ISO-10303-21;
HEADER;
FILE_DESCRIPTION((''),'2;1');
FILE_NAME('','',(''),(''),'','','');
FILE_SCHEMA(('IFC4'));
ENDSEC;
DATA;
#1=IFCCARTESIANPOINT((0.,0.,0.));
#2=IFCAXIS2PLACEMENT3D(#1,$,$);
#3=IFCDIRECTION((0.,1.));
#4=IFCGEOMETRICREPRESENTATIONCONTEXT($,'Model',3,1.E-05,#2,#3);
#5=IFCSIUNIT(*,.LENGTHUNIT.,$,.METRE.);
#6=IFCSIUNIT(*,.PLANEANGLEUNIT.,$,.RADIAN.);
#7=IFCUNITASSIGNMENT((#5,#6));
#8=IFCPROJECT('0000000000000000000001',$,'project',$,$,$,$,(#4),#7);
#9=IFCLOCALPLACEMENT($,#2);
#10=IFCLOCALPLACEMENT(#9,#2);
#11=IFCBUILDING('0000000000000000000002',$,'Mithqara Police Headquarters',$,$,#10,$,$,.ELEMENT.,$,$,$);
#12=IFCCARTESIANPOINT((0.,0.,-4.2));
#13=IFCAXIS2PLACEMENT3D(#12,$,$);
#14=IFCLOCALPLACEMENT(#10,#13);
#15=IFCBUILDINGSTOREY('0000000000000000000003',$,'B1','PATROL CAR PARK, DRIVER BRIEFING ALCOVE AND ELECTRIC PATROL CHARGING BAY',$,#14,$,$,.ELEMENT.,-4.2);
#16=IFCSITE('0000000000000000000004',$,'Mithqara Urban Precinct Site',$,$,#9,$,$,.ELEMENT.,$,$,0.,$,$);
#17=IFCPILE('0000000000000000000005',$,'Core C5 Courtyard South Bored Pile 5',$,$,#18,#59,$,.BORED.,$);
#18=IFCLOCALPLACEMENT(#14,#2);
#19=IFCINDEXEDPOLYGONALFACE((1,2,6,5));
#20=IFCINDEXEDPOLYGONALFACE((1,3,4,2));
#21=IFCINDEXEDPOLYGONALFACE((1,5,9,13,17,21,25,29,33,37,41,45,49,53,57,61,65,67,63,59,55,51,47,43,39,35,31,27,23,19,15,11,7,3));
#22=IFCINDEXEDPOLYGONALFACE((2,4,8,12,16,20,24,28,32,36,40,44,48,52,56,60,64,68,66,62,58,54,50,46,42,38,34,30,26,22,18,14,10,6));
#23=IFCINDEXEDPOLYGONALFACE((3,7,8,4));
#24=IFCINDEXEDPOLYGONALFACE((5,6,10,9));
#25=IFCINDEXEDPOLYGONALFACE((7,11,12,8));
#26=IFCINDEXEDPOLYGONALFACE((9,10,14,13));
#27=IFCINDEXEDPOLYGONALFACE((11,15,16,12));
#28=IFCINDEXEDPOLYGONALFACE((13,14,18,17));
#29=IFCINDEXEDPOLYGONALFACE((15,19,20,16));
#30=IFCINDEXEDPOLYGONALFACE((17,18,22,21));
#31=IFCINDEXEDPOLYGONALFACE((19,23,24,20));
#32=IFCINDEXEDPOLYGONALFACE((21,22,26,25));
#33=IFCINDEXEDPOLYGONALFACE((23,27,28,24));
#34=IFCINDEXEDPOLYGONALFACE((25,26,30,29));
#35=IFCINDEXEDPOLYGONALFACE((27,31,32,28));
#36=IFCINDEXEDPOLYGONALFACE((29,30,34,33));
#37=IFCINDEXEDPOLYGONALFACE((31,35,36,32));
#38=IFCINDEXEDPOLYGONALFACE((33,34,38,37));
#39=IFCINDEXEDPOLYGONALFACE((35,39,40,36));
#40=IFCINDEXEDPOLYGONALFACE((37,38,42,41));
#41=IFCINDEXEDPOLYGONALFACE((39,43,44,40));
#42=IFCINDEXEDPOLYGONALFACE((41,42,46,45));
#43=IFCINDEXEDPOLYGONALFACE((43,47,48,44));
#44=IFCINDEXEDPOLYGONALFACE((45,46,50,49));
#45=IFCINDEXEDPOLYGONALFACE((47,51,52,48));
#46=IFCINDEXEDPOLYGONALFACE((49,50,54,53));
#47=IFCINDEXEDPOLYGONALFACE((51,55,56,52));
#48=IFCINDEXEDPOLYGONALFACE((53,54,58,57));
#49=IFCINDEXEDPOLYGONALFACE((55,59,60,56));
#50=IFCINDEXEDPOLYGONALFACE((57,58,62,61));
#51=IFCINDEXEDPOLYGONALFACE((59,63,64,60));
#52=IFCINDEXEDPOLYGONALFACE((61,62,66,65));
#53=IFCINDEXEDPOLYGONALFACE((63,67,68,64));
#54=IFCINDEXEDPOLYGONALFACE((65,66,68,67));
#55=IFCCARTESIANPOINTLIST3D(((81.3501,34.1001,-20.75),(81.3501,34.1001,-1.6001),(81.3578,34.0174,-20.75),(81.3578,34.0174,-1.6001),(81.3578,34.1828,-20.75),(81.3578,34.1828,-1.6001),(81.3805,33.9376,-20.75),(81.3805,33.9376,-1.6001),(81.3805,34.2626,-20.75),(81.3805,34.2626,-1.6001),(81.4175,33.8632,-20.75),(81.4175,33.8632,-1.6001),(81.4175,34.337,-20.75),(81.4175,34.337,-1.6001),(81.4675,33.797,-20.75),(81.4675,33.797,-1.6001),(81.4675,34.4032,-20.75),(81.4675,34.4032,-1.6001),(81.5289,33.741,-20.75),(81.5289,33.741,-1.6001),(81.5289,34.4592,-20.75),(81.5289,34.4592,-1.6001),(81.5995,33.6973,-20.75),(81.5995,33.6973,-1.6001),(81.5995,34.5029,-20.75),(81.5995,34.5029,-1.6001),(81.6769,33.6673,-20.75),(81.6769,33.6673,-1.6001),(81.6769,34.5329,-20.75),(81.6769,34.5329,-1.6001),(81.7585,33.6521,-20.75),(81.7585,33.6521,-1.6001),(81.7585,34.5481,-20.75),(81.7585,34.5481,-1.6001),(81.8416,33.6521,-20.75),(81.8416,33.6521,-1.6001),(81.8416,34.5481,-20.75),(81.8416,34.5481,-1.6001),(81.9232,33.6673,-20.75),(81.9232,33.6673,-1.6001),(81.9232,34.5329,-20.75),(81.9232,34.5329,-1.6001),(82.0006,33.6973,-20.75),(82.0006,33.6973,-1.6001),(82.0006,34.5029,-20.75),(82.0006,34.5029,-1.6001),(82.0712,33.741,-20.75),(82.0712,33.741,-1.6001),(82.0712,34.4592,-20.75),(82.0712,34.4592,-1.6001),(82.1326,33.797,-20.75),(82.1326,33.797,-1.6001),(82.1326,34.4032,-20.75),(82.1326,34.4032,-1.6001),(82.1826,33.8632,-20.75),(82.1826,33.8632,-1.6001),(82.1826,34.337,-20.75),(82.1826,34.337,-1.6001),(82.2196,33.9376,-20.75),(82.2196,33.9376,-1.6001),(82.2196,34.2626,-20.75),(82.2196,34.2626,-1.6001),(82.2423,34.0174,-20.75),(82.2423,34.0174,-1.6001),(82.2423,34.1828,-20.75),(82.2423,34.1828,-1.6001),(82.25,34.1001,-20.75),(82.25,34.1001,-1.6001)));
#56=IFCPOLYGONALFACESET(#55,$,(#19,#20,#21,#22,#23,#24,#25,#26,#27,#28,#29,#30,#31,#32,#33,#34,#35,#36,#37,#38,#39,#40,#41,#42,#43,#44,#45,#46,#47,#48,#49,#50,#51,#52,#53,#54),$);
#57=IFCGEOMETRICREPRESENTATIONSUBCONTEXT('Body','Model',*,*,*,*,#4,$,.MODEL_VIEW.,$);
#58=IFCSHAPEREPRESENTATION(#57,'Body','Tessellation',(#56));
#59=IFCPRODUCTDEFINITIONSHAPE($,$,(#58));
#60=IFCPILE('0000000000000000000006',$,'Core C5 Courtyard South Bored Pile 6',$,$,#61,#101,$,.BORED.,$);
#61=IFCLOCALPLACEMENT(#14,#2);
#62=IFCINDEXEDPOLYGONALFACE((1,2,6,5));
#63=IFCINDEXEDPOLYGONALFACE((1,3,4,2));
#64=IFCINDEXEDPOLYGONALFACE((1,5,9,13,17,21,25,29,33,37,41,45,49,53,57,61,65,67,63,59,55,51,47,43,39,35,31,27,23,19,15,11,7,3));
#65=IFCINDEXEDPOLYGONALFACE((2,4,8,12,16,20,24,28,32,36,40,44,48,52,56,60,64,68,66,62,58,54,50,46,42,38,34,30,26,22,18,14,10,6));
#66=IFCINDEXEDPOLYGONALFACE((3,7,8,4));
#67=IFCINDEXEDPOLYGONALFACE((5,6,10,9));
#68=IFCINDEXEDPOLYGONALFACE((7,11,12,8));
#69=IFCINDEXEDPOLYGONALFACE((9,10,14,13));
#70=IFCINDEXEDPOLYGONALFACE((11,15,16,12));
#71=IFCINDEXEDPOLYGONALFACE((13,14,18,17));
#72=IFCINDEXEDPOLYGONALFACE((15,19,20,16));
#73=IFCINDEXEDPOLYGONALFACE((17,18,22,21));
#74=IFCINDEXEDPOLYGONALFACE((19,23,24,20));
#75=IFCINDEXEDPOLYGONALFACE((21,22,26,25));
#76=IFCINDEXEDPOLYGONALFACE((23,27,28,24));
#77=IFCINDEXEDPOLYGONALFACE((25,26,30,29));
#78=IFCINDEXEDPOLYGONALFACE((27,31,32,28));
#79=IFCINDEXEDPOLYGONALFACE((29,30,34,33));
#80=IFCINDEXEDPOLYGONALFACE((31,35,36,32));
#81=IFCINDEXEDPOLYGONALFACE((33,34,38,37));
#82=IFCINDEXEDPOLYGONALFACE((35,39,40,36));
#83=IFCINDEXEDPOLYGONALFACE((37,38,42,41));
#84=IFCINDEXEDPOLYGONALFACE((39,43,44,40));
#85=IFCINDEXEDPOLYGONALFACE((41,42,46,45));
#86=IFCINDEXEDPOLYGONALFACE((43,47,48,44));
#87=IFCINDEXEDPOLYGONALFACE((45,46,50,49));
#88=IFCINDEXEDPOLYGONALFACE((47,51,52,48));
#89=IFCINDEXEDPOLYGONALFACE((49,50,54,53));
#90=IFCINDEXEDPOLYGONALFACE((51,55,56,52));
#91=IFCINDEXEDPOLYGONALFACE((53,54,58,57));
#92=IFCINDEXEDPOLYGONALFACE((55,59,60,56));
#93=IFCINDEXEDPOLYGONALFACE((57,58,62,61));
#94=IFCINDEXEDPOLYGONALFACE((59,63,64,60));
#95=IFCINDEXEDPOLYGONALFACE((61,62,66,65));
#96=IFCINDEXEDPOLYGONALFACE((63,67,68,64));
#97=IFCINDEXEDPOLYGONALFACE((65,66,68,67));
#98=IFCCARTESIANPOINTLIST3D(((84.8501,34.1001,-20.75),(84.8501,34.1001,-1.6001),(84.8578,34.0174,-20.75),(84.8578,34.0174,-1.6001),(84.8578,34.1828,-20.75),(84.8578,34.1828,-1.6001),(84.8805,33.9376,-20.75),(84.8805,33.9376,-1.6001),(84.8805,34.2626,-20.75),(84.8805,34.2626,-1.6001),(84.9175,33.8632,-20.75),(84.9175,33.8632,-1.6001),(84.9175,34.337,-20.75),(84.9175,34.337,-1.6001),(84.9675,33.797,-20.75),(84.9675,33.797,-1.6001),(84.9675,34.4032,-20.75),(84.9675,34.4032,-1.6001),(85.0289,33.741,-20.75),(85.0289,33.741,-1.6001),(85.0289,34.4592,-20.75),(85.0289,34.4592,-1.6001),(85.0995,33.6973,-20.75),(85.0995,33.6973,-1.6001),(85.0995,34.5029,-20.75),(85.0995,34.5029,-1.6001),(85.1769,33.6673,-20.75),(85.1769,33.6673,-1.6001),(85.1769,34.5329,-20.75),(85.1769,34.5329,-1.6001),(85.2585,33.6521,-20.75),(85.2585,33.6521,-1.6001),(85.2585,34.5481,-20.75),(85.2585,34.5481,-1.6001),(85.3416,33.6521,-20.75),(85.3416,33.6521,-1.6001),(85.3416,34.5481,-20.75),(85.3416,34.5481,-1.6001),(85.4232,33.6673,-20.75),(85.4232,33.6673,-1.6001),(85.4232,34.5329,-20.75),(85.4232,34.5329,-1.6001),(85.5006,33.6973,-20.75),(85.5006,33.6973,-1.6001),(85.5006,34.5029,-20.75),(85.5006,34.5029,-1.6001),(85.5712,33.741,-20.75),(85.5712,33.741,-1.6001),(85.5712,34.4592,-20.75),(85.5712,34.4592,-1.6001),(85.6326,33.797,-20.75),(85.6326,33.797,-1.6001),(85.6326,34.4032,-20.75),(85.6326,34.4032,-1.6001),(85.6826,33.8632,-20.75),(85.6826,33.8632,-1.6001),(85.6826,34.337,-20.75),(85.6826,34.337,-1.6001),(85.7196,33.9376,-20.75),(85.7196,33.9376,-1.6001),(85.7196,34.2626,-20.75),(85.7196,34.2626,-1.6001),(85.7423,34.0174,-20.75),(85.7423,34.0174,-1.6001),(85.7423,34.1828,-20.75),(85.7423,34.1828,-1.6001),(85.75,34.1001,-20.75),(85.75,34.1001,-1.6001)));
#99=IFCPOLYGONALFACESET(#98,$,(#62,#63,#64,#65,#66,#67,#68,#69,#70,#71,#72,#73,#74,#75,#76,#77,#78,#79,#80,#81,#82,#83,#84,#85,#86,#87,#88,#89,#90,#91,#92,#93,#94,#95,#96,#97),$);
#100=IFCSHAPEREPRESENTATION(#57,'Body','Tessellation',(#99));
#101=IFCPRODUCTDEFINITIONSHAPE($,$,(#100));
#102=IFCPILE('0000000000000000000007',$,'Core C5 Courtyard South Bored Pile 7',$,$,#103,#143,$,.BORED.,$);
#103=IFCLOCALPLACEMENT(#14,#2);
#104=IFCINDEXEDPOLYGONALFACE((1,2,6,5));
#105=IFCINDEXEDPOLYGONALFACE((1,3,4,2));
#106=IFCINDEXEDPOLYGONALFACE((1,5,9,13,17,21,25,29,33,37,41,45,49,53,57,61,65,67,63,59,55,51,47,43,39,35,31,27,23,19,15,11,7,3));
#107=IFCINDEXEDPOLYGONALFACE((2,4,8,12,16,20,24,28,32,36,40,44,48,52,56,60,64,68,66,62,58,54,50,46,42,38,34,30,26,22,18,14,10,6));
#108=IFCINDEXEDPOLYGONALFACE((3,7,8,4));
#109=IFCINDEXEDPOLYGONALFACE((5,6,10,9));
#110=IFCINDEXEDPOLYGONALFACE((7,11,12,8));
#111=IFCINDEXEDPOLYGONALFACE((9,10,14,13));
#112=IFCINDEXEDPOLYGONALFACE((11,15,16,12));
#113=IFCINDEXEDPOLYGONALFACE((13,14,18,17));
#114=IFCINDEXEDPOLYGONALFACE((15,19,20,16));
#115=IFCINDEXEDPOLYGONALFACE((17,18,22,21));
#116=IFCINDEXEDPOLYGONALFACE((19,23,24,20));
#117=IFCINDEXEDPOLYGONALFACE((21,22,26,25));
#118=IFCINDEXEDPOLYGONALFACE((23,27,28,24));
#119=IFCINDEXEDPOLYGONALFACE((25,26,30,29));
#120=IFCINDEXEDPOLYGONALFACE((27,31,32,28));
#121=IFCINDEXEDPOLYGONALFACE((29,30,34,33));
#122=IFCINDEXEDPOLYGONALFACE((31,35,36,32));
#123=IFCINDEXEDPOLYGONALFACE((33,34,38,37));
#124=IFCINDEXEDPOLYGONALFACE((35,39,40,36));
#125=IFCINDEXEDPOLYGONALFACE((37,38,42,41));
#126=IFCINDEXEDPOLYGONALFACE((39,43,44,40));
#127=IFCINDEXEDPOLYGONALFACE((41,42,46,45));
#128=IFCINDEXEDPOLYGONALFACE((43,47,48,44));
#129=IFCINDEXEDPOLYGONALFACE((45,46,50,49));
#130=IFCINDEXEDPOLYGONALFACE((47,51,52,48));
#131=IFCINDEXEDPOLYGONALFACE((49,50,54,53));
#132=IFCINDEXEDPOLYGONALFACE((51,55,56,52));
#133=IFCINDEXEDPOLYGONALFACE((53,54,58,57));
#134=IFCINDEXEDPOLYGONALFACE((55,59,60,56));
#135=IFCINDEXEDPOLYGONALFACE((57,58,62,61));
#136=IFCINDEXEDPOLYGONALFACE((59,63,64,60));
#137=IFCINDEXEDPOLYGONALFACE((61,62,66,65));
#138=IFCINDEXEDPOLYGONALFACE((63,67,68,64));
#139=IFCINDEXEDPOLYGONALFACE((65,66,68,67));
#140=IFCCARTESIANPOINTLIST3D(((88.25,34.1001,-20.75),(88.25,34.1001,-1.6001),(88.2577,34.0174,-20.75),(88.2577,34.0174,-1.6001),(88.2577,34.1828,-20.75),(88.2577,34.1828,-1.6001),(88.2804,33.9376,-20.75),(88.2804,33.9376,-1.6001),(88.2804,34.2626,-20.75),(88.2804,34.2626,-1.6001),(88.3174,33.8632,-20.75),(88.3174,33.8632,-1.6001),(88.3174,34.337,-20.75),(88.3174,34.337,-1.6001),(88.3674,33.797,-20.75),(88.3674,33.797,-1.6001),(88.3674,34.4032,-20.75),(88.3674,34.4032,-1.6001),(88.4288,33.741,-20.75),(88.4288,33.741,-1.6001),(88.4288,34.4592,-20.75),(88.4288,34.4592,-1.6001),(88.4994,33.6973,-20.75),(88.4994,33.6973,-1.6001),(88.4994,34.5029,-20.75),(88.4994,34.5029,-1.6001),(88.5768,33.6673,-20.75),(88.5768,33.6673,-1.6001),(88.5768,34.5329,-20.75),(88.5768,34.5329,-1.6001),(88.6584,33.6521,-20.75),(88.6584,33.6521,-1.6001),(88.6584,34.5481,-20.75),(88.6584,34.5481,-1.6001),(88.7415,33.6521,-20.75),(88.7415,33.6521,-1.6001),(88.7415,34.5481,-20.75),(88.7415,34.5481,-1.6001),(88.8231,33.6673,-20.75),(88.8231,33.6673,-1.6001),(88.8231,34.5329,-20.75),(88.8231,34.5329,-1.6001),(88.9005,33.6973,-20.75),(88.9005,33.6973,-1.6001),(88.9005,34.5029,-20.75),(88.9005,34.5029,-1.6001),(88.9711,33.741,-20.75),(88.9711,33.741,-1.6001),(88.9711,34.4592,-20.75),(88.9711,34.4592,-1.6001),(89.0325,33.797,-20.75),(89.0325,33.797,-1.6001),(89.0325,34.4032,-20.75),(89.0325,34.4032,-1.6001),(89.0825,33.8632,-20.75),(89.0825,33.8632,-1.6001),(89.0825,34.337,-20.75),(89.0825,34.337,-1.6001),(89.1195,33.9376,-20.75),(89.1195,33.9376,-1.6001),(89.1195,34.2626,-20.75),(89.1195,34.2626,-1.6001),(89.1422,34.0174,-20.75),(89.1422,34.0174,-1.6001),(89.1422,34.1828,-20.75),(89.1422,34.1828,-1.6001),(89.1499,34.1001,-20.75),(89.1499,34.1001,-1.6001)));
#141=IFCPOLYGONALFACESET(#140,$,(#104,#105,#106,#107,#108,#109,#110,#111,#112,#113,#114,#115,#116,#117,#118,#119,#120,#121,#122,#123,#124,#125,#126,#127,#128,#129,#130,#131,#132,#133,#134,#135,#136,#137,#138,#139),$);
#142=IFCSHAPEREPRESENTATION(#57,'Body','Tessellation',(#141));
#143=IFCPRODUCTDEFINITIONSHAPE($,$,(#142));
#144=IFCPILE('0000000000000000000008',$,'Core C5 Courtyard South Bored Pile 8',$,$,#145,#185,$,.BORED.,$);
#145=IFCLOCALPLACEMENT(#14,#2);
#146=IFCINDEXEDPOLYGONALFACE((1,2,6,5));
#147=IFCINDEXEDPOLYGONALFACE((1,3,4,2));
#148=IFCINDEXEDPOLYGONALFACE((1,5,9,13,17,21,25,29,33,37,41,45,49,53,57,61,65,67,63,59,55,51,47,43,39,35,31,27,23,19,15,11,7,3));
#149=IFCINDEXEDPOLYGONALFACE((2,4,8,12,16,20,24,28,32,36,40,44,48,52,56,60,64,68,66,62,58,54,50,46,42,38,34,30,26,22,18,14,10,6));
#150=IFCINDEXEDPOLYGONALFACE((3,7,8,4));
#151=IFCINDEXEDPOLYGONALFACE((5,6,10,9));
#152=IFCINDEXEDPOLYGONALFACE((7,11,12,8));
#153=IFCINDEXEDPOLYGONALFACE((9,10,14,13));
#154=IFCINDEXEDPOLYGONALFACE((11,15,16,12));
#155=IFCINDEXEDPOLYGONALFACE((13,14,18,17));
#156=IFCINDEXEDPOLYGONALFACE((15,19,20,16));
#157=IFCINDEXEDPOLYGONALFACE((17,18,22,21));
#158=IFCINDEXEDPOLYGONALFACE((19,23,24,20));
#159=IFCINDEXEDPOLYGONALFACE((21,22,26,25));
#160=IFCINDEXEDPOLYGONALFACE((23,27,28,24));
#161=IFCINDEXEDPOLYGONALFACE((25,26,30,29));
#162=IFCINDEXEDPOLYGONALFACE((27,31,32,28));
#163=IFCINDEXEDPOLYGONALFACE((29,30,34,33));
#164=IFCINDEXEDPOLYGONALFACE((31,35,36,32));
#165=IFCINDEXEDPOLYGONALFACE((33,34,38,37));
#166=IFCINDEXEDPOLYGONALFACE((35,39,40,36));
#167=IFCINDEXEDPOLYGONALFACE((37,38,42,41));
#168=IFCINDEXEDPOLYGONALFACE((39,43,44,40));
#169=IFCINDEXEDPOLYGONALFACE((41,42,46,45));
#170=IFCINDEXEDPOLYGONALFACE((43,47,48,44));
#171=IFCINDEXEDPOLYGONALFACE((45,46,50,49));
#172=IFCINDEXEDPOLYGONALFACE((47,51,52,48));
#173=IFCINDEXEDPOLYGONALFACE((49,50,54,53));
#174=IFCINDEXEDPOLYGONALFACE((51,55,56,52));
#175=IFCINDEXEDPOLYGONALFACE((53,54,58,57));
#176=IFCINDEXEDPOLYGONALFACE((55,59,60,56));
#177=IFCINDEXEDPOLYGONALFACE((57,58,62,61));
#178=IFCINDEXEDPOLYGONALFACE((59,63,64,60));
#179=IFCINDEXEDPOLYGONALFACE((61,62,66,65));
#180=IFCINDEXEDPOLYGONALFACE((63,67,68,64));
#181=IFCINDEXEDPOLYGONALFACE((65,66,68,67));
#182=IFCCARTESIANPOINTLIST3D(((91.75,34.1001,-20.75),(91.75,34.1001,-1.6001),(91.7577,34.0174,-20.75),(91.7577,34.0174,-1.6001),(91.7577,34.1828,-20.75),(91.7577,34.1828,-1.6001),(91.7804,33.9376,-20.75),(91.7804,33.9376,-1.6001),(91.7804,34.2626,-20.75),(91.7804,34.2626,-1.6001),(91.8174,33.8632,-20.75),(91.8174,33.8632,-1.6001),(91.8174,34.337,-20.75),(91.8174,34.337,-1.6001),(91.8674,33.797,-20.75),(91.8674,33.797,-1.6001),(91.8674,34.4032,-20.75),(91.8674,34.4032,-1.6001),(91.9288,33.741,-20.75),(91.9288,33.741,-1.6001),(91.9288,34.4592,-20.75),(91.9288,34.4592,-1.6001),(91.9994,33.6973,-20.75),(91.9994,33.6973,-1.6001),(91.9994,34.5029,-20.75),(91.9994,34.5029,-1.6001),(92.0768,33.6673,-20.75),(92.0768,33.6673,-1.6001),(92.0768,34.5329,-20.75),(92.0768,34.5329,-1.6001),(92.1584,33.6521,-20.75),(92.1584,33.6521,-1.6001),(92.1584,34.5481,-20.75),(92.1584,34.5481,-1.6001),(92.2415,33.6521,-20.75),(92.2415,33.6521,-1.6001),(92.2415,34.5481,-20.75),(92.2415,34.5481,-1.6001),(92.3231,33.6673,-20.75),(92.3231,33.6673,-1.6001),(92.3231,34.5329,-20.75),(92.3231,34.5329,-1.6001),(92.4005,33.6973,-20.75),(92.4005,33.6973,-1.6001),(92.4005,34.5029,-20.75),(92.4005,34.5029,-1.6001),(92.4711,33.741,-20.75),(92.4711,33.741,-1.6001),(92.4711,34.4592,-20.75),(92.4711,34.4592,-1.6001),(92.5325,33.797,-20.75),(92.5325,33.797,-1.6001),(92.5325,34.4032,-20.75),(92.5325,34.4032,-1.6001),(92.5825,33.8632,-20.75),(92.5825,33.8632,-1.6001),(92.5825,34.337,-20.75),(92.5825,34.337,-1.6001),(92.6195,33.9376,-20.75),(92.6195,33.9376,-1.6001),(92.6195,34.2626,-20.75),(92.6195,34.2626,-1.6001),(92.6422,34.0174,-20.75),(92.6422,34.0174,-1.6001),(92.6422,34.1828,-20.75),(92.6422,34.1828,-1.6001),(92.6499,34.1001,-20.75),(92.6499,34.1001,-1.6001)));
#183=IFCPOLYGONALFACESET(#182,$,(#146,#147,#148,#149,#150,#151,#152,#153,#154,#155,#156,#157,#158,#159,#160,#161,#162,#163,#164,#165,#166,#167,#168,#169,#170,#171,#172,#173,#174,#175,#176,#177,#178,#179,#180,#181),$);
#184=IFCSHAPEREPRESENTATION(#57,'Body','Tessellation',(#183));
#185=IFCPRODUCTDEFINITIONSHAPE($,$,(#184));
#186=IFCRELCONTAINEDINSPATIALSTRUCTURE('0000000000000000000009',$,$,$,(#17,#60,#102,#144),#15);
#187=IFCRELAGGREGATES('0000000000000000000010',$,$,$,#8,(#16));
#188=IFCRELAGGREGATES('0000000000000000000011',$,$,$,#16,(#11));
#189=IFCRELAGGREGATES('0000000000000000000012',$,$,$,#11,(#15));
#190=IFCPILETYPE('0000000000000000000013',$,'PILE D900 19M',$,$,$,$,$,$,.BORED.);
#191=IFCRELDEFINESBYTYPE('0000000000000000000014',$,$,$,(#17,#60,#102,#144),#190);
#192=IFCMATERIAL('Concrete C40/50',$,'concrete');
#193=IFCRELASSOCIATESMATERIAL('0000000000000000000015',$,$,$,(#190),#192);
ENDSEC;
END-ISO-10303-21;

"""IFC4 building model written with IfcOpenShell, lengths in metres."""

from ifc_helpers import new_model, si_unit, direction, frame, origin, origin_2d, place, context, subcontext, project, spatial, circle, extrude, material, material_profile, profile_set, type_object, element, save


model = new_model("IFC4")

# Units and contexts
model_context = context("Model", 3, precision=1e-05, world=origin(), true_north=direction((0.0, 1.0)))
body_context = subcontext(model_context, "Body", "Model", "MODEL_VIEW")
ifc_project = project(units=[si_unit("LENGTHUNIT", "METRE"), si_unit("PLANEANGLEUNIT", "RADIAN")], contexts=[model_context])

# Site, building, storey
site_placement = place(None, origin())
site = spatial("IfcSite", under=ifc_project, at=site_placement, Name="Mithqara Urban Precinct Site", CompositionType="ELEMENT", RefElevation=0.0)
building_placement = place(site_placement, origin())
building = spatial("IfcBuilding", under=site, at=building_placement, Name="Mithqara Police Headquarters", CompositionType="ELEMENT")
storey_placement = place(building_placement, frame((0.0, 0.0, -4.2)))
storey = spatial("IfcBuildingStorey", under=building, at=storey_placement, Name="B1", Description="PATROL CAR PARK, DRIVER BRIEFING ALCOVE AND ELECTRIC PATROL CHARGING BAY", CompositionType="ELEMENT", Elevation=-4.2)

# Piles
ifc_material_1 = material(Name="Concrete C40/50", Category="concrete")
ifc_material_profile_1 = material_profile(ifc_material_1, circle(Radius=0.45, at=origin_2d()), Name="PILE D900")
ifc_profile_set_1 = profile_set([ifc_material_profile_1], Name="Concrete C40/50")
pile_type = type_object("IfcPileType", Name="PILE D900 19M", PredefinedType="BORED", material=ifc_profile_set_1)
for number, where, z_axis, x_axis, name in (
    (1, (81.8, 34.1001, -1.6001), (0.0, 0.0, -1.0), (1.0, 0.0, 0.0), "Core C5 Courtyard South Bored Pile 5"),
    (2, (85.3, 34.1001, -1.6001), (0.0, 0.0, -1.0), (1.0, 0.0, 0.0), "Core C5 Courtyard South Bored Pile 6"),
    (3, (88.7, 34.1001, -1.6001), (0.0, 0.0, -1.0), (1.0, 0.0, 0.0), "Core C5 Courtyard South Bored Pile 7"),
    (4, (92.2, 34.1001, -1.6001), (0.0, 0.0, -1.0), (1.0, 0.0, 0.0), "Core C5 Courtyard South Bored Pile 8"),
):
    element("IfcPile", number, at=place(storey_placement, frame(where, z_axis=z_axis, x_axis=x_axis)), inside=storey, type_object=pile_type, Name=name, PredefinedType="BORED", context=body_context, shape_type="SweptSolid", body=[
        extrude(circle(Radius=0.45, at=origin_2d()), origin(), (0.0, 0.0, 1.0), 19.1499),
    ])

save(model, "model.ifc")
